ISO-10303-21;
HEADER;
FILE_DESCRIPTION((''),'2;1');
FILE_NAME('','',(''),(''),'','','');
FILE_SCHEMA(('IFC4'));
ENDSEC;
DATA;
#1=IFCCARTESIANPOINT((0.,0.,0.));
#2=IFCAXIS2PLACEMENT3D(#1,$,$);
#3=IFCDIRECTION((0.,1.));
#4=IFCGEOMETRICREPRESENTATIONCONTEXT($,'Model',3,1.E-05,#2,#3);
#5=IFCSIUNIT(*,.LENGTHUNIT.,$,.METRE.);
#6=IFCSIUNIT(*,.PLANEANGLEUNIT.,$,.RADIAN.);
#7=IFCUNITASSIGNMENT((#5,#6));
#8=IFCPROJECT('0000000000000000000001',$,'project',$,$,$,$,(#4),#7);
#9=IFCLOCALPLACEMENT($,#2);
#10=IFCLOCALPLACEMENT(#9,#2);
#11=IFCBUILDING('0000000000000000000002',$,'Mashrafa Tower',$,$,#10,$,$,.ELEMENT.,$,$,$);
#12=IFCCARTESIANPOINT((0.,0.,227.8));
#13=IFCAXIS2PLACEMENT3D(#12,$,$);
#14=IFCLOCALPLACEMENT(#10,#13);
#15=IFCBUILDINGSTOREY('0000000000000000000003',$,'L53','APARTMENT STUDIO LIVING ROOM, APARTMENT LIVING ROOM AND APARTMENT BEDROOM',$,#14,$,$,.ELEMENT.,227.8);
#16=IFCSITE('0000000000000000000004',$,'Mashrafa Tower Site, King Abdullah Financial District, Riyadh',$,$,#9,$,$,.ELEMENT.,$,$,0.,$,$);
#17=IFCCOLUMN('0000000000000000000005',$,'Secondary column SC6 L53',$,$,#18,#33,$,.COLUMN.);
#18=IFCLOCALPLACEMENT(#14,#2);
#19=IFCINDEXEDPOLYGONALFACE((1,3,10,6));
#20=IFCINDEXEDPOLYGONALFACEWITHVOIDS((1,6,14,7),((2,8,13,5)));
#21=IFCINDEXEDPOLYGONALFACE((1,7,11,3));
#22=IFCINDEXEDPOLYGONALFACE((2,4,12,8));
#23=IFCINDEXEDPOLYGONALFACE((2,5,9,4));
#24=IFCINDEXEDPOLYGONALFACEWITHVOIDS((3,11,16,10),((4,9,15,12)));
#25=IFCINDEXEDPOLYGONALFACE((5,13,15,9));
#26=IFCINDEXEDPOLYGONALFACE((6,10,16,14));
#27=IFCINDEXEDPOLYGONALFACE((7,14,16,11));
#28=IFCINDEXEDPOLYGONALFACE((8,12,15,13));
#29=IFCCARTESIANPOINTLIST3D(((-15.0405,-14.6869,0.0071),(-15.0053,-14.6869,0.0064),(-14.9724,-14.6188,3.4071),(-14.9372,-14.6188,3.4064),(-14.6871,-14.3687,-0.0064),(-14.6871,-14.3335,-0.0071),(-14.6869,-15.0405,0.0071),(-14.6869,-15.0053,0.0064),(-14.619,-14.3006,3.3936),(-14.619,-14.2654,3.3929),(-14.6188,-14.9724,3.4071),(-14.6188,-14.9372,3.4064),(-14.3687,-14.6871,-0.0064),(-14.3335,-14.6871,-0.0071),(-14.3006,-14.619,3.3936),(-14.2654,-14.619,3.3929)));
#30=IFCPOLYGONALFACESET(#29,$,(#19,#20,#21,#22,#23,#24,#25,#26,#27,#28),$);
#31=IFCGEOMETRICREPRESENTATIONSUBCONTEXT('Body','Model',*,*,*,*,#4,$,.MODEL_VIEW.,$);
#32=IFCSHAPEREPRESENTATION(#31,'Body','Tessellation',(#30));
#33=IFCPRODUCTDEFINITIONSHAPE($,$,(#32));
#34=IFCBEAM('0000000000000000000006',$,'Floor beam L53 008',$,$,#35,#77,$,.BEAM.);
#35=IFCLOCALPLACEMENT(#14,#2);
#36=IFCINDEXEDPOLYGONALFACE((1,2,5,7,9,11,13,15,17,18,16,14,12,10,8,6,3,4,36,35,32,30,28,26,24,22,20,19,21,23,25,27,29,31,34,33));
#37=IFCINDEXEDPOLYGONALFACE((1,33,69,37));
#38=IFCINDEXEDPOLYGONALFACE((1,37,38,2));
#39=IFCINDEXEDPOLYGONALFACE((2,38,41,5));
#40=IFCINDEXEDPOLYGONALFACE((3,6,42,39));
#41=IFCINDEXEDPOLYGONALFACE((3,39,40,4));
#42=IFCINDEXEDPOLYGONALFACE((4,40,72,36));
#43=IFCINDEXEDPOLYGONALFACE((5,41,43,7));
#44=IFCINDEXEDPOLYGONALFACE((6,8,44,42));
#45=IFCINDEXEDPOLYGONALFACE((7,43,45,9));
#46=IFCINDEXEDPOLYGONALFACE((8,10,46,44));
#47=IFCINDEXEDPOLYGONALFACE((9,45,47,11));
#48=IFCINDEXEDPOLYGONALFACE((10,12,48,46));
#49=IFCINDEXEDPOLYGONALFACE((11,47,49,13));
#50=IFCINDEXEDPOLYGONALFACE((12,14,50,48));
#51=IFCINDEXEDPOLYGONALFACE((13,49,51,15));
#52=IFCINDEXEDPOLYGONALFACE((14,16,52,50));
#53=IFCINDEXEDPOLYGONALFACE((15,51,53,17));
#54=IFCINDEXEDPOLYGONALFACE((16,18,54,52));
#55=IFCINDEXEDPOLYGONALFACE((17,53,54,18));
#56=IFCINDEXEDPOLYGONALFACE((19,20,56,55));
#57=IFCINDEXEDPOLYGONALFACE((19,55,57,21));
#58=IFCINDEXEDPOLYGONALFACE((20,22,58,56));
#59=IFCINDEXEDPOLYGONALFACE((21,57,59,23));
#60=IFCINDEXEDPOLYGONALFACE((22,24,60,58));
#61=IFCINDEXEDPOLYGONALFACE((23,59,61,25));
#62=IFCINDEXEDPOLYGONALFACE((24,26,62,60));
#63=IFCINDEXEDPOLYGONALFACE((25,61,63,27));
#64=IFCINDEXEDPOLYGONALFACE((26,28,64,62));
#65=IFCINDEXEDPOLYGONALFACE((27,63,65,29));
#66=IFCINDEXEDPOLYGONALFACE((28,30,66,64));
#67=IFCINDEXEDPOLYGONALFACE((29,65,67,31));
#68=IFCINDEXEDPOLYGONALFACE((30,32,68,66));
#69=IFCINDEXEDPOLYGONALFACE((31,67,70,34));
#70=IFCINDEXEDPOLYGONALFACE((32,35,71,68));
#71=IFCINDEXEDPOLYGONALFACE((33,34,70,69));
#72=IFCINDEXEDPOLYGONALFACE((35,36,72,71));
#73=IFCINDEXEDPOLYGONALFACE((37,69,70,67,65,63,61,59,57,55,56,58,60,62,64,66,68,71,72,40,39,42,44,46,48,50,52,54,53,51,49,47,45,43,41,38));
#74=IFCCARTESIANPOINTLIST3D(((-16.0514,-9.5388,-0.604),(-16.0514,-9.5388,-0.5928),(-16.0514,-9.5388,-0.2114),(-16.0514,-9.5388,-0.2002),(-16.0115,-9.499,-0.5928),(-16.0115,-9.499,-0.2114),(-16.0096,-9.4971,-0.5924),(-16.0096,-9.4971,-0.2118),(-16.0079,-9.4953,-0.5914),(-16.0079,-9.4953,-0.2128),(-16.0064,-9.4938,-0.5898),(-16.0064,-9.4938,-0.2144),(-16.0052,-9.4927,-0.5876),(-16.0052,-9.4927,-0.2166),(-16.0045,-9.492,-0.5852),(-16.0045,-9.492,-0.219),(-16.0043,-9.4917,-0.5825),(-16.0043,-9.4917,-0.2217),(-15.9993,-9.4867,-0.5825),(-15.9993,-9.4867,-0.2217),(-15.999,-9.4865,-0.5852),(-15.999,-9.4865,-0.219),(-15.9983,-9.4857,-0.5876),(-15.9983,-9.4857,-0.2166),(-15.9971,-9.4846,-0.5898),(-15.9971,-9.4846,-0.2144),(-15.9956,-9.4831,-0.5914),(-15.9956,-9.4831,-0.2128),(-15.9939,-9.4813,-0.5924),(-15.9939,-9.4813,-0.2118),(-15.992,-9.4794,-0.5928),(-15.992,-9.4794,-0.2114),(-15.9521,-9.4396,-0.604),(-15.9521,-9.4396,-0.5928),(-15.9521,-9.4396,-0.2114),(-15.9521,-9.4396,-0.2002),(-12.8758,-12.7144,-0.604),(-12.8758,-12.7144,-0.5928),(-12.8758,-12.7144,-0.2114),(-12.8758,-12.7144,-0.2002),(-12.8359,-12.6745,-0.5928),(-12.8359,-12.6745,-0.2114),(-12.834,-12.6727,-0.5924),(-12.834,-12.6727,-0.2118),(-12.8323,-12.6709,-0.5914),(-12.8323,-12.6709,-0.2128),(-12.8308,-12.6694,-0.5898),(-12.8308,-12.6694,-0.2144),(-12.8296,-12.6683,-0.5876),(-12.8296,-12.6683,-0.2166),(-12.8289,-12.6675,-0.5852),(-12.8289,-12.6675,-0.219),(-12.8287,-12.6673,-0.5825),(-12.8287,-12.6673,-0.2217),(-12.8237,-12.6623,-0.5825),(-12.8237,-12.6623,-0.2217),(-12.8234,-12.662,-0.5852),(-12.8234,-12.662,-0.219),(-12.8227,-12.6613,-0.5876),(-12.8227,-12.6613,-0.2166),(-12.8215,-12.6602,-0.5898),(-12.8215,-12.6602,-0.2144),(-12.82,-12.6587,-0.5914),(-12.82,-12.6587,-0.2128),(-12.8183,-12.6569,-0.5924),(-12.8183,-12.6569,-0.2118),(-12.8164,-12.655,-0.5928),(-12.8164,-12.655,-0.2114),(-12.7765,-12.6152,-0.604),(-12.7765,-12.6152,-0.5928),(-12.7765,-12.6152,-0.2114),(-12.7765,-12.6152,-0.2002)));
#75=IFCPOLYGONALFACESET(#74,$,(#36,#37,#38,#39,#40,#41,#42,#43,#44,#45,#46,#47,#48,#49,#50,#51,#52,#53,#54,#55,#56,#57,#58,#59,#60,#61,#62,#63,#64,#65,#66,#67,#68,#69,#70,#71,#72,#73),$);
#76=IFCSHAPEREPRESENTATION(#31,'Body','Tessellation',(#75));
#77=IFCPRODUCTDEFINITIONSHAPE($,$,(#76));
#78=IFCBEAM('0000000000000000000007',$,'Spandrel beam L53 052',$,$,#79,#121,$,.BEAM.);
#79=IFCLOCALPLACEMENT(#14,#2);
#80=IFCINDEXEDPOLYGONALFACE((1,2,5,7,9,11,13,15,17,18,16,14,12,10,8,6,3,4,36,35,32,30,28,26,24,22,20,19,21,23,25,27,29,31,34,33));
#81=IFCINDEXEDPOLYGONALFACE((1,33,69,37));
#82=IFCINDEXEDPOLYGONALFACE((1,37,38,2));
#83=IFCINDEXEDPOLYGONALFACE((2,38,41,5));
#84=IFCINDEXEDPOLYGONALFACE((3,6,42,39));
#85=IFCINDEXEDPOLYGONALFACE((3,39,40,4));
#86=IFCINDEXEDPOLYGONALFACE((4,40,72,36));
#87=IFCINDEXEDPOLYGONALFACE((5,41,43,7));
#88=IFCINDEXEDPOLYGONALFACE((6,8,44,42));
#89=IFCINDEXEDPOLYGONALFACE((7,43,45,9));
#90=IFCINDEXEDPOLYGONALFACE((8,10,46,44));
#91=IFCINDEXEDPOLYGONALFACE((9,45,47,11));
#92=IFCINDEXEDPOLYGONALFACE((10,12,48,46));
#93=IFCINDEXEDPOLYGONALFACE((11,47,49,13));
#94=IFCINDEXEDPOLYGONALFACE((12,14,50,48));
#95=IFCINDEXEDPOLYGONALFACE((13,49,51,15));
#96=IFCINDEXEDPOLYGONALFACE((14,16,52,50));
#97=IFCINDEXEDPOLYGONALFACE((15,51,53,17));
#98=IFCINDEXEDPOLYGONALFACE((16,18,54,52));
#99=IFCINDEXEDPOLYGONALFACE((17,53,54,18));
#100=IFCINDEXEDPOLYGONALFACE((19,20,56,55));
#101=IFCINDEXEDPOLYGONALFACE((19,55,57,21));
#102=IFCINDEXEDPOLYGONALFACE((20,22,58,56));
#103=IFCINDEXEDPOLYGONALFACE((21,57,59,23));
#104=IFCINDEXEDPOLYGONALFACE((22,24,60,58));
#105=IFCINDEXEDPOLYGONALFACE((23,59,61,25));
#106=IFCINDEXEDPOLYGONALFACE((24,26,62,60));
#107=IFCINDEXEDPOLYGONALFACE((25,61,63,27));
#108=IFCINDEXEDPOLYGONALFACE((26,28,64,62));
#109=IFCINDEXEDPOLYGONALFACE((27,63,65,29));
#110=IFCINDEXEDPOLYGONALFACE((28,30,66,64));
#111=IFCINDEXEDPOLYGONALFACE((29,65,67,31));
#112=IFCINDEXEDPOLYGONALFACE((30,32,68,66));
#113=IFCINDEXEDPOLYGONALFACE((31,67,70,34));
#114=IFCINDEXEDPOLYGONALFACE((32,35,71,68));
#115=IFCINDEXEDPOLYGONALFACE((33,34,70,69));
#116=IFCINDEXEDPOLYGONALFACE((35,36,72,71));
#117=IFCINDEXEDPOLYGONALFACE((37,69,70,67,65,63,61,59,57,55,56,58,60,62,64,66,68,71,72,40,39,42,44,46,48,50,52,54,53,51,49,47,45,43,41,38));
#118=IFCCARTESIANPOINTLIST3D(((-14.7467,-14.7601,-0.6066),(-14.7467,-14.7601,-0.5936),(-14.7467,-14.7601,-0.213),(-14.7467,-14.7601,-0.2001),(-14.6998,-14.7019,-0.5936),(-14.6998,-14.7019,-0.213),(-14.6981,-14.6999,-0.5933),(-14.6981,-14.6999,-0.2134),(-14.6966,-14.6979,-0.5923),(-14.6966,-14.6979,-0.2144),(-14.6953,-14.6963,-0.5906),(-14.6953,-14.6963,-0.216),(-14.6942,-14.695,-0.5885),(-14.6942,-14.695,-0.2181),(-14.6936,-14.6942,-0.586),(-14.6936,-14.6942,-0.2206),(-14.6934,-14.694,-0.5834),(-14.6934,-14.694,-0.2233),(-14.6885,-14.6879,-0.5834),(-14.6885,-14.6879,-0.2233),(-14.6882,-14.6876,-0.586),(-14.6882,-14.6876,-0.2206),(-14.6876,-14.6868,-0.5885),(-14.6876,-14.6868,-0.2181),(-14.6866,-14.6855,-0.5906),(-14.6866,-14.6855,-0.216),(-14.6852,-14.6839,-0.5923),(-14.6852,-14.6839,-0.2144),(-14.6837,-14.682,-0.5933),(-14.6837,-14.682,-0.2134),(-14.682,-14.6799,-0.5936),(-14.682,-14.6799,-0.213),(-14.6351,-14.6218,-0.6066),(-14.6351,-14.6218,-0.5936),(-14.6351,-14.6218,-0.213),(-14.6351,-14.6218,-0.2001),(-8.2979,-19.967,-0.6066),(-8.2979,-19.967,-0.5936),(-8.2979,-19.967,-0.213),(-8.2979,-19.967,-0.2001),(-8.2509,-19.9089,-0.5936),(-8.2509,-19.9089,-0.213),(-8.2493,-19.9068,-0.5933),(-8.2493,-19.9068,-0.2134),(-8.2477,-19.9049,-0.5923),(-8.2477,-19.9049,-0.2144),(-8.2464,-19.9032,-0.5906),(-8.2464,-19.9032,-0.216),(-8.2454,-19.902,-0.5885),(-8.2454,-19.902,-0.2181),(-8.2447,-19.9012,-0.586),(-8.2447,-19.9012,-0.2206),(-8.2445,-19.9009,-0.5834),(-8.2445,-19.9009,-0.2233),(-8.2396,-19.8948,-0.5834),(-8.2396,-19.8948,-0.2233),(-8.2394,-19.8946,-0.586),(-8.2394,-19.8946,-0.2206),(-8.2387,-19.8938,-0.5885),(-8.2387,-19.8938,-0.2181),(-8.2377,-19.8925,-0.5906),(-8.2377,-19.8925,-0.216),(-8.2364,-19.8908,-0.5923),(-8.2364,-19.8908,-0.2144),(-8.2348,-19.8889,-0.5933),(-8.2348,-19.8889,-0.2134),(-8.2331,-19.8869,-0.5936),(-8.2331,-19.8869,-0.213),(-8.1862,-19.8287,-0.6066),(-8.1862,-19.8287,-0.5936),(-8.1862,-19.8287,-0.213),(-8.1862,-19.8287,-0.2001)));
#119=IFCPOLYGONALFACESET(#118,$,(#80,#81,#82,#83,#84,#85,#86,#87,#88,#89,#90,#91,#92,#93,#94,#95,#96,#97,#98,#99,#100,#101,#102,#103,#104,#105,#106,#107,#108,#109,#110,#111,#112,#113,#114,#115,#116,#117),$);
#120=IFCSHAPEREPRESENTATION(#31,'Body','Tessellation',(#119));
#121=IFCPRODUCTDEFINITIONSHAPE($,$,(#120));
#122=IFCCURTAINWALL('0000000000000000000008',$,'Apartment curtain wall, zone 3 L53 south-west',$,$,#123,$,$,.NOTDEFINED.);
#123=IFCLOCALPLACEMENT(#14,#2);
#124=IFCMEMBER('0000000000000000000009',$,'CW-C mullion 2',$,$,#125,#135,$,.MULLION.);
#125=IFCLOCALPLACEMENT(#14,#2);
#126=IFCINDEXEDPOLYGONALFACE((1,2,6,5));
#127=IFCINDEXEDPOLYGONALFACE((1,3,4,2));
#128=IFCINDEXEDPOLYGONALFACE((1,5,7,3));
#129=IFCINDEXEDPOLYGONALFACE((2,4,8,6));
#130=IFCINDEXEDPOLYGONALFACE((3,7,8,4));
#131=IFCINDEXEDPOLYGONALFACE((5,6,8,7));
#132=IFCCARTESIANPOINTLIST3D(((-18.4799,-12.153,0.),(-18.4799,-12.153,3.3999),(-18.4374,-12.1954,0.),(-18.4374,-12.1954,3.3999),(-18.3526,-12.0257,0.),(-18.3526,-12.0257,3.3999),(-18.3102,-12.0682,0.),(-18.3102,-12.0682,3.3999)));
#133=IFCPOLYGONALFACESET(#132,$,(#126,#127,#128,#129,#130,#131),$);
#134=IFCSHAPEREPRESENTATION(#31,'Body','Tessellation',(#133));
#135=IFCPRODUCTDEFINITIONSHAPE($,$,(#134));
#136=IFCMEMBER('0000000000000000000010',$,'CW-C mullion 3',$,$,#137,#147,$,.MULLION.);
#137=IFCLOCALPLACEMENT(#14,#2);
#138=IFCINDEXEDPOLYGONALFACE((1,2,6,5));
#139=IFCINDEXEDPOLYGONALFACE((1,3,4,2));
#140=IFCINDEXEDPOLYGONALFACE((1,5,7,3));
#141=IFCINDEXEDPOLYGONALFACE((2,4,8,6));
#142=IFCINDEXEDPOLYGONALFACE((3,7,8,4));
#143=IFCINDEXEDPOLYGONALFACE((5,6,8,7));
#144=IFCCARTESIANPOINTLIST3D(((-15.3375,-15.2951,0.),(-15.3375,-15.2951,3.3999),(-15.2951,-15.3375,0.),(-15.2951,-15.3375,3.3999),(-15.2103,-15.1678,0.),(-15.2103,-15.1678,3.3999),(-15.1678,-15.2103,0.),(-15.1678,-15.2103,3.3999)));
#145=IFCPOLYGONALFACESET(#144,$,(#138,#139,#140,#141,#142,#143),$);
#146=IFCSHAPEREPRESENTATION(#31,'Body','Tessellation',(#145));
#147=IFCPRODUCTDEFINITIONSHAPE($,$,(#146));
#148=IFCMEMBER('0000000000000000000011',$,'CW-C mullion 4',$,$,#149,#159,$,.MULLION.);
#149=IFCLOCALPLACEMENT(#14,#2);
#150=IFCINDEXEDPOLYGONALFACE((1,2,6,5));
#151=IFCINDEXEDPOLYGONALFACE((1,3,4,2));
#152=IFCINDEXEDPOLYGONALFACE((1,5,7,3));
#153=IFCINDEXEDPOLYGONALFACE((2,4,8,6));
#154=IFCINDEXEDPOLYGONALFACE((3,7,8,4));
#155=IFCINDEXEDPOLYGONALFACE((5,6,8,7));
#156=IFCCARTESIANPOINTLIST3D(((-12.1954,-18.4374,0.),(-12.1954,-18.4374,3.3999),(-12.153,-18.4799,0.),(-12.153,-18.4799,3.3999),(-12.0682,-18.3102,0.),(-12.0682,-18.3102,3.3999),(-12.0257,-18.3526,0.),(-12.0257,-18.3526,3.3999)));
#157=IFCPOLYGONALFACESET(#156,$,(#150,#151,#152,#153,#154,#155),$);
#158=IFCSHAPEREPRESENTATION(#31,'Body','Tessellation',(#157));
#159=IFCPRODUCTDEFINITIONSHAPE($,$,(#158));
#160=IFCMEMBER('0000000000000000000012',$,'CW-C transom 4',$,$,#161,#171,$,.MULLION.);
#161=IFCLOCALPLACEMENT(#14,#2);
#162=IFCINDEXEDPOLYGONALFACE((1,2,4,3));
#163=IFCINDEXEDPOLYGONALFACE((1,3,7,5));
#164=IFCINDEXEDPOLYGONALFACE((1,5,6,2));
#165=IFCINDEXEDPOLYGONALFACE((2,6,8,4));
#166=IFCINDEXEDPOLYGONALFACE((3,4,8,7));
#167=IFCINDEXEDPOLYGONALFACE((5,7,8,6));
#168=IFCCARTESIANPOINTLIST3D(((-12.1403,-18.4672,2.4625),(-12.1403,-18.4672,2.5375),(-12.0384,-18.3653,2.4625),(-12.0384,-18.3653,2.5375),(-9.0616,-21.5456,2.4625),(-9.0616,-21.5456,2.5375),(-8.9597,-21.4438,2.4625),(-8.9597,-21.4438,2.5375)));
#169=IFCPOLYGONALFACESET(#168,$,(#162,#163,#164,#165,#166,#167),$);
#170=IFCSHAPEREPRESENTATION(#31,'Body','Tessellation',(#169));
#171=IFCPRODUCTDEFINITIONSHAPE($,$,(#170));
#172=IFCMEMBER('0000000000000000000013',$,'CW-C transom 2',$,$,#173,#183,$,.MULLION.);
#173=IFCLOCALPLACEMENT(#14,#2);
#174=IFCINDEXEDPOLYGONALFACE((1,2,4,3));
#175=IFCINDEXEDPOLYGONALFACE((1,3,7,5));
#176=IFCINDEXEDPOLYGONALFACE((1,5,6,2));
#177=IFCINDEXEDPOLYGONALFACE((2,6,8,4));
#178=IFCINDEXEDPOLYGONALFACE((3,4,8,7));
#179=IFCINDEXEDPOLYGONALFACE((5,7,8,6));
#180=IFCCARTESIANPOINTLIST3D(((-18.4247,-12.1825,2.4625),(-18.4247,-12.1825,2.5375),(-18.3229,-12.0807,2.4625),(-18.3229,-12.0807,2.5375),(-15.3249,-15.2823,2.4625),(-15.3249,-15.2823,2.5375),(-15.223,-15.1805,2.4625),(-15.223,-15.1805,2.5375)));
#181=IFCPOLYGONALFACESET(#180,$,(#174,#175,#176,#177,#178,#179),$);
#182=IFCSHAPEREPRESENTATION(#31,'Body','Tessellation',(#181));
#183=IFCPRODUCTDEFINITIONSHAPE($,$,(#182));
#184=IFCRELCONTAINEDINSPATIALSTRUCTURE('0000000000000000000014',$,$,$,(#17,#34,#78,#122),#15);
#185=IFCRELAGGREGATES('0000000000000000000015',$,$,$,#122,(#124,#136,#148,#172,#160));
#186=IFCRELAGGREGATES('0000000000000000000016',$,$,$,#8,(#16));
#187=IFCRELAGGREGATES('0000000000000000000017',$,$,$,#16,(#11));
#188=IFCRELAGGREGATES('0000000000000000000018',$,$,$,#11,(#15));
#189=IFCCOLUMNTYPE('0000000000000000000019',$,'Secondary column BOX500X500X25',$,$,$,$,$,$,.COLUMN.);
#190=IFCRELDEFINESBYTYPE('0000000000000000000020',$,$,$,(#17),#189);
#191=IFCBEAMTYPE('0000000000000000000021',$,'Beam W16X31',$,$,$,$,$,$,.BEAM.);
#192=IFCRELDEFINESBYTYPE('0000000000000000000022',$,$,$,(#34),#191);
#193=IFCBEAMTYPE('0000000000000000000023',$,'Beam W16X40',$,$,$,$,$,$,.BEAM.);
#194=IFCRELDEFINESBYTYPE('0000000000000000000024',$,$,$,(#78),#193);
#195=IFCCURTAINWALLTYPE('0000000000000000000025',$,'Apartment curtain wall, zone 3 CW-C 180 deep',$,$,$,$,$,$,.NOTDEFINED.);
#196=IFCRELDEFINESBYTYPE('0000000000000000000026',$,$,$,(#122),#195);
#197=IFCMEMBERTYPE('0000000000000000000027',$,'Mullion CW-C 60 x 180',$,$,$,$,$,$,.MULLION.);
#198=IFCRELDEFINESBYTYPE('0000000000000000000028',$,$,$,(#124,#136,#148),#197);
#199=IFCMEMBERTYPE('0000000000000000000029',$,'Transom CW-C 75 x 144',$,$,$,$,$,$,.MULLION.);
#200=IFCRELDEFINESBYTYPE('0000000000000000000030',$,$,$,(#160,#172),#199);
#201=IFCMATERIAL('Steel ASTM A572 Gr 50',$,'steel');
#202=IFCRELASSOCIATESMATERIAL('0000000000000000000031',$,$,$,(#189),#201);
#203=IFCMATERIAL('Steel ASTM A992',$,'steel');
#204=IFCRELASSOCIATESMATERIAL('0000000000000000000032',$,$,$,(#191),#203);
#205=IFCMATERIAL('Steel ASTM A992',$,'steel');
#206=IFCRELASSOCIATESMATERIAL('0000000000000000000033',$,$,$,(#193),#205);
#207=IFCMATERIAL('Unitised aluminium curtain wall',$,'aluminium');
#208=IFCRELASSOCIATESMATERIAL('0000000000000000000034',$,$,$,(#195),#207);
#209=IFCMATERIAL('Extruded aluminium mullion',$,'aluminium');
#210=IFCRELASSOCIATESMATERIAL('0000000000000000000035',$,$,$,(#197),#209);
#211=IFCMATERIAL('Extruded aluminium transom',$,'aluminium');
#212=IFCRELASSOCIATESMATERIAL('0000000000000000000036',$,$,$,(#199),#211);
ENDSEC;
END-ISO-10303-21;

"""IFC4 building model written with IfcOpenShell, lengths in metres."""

from ifc_helpers import new_model, si_unit, direction, frame, origin, origin_2d, place, context, subcontext, project, spatial, rectangle, hollow_rectangle, i_section, extrude, source, transform, mapped, material, material_profile, profile_set, type_object, type_shapes, element, aggregate, save


model = new_model("IFC4")

# Units and contexts
model_context = context("Model", 3, precision=1e-05, world=origin(), true_north=direction((0.0, 1.0)))
body_context = subcontext(model_context, "Body", "Model", "MODEL_VIEW")
ifc_project = project(units=[si_unit("LENGTHUNIT", "METRE"), si_unit("PLANEANGLEUNIT", "RADIAN")], contexts=[model_context])

# Site, building, storey
site_placement = place(None, origin())
site = spatial("IfcSite", under=ifc_project, at=site_placement, Name="Mashrafa Tower Site, King Abdullah Financial District, Riyadh", CompositionType="ELEMENT", RefElevation=0.0)
building_placement = place(site_placement, origin())
building = spatial("IfcBuilding", under=site, at=building_placement, Name="Mashrafa Tower", CompositionType="ELEMENT")
storey_placement = place(building_placement, frame((0.0, 0.0, 227.8)))
storey = spatial("IfcBuildingStorey", under=building, at=storey_placement, Name="L53", Description="APARTMENT STUDIO LIVING ROOM, APARTMENT LIVING ROOM AND APARTMENT BEDROOM", CompositionType="ELEMENT", Elevation=227.8)

# Column
ifc_material_1 = material(Name="Steel ASTM A572 Gr 50", Category="steel")
ifc_material_profile_1 = material_profile(ifc_material_1, hollow_rectangle(XDim=0.5, YDim=0.5, WallThickness=0.0249, at=origin_2d()), Name="BOX500X500X25")
ifc_profile_set_1 = profile_set([ifc_material_profile_1], Name="Steel ASTM A572 Gr 50")
column_type = type_object("IfcColumnType", Name="Secondary column BOX500X500X25", PredefinedType="COLUMN", material=ifc_profile_set_1)
column_placement = place(storey_placement, frame((-14.687, -14.687, 0.0), z_axis=(0.020026, 0.020026, 0.999599), x_axis=(-0.707107, 0.707107, 0.0)))
element("IfcColumn", 1, at=column_placement, inside=storey, type_object=column_type, Name="Secondary column SC6 L53", PredefinedType="COLUMN", context=body_context, shape_type="SweptSolid", body=[
    extrude(hollow_rectangle(XDim=0.5, YDim=0.5, WallThickness=0.0249, at=origin_2d()), origin(), (0.0, 0.0, 1.0), 3.4014),
])

# Beams
ifc_material_2 = material(Name="Steel ASTM A992", Category="steel")
ifc_material_profile_2 = material_profile(ifc_material_2, i_section(OverallWidth=0.1404, OverallDepth=0.4038, WebThickness=0.0071, FlangeThickness=0.0112, FilletRadius=0.0103, at=origin_2d()), Name="W16X31")
ifc_profile_set_2 = profile_set([ifc_material_profile_2], Name="Steel ASTM A992")
beam_type_1 = type_object("IfcBeamType", Name="Beam W16X31", PredefinedType="BEAM", material=ifc_profile_set_2)
beam_1_placement = place(storey_placement, frame((-12.8262, -12.6648, -0.4021), z_axis=(-0.707107, 0.707107, 0.0), x_axis=(-0.707107, -0.707107, 0.0)))
element("IfcBeam", 2, at=beam_1_placement, inside=storey, type_object=beam_type_1, Name="Floor beam L53 008", PredefinedType="BEAM", context=body_context, shape_type="SweptSolid", body=[
    extrude(i_section(OverallWidth=0.1404, OverallDepth=0.4038, WebThickness=0.0071, FlangeThickness=0.0112, FilletRadius=0.0103, at=origin_2d()), origin(), (0.0, 0.0, 1.0), 4.491),
])
ifc_material_3 = material(Name="Steel ASTM A992", Category="steel")
ifc_material_profile_3 = material_profile(ifc_material_3, i_section(OverallWidth=0.1777, OverallDepth=0.4065, WebThickness=0.0078, FlangeThickness=0.0129, FilletRadius=0.0103, at=origin_2d()), Name="W16X40")
ifc_profile_set_3 = profile_set([ifc_material_profile_3], Name="Steel ASTM A992")
beam_type_2 = type_object("IfcBeamType", Name="Beam W16X40", PredefinedType="BEAM", material=ifc_profile_set_3)
beam_2_placement = place(storey_placement, frame((-14.6909, -14.6909, -0.4033), z_axis=(0.778045, -0.628209, 0.0), x_axis=(0.628209, 0.778045, 0.0)))
element("IfcBeam", 3, at=beam_2_placement, inside=storey, type_object=beam_type_2, Name="Spandrel beam L53 052", PredefinedType="BEAM", context=body_context, shape_type="SweptSolid", body=[
    extrude(i_section(OverallWidth=0.1777, OverallDepth=0.4065, WebThickness=0.0078, FlangeThickness=0.0129, FilletRadius=0.0103, at=origin_2d()), origin(), (0.0, 0.0, 1.0), 8.2886),
])

# Curtain wall, members
ifc_material_4 = material(Name="Unitised aluminium curtain wall", Category="aluminium")
curtain_wall_type = type_object("IfcCurtainWallType", Name="Apartment curtain wall, zone 3 CW-C 180 deep", PredefinedType="NOTDEFINED", material=ifc_material_4)
curtain_wall_placement = place(storey_placement, origin())
curtain_wall = element("IfcCurtainWall", 4, at=curtain_wall_placement, inside=storey, type_object=curtain_wall_type, Name="Apartment curtain wall, zone 3 L53 south-west", PredefinedType="NOTDEFINED")
ifc_material_5 = material(Name="Extruded aluminium mullion", Category="aluminium")
ifc_material_profile_4 = material_profile(ifc_material_5, rectangle(XDim=0.1799, YDim=0.0601, at=origin_2d()), Name="Mullion 60x180")
ifc_profile_set_4 = profile_set([ifc_material_profile_4], Name="Extruded aluminium mullion")
member_type_1 = type_object("IfcMemberType", Name="Mullion CW-C 60 x 180", PredefinedType="MULLION", material=ifc_profile_set_4)
shared_shape_1 = source(origin(), body_context, "Body", "SweptSolid", [
    extrude(rectangle(XDim=0.1799, YDim=0.0601, at=origin_2d()), origin(), (0.0, 0.0, 1.0), 3.3999),
])
type_shapes(member_type_1, [shared_shape_1])
member_1_placement = place(storey_placement, frame((-18.395, -12.1106, 0.0), z_axis=(0.0, 0.0, 1.0), x_axis=(0.707107, 0.707107, 0.0)))
member_1 = element("IfcMember", 5, at=member_1_placement, type_object=member_type_1, Name="CW-C mullion 2", PredefinedType="MULLION", context=body_context, shape_type="MappedRepresentation", body=[
    mapped(shared_shape_1, transform((0.0, 0.0, 0.0))),
])
member_2_placement = place(storey_placement, frame((-15.2527, -15.2527, 0.0), z_axis=(0.0, 0.0, 1.0), x_axis=(0.707107, 0.707107, 0.0)))
member_2 = element("IfcMember", 6, at=member_2_placement, type_object=member_type_1, Name="CW-C mullion 3", PredefinedType="MULLION", context=body_context, shape_type="MappedRepresentation", body=[
    mapped(shared_shape_1, transform((0.0, 0.0, 0.0))),
])
member_3_placement = place(storey_placement, frame((-12.1106, -18.395, 0.0), z_axis=(0.0, 0.0, 1.0), x_axis=(0.707107, 0.707107, 0.0)))
member_3 = element("IfcMember", 7, at=member_3_placement, type_object=member_type_1, Name="CW-C mullion 4", PredefinedType="MULLION", context=body_context, shape_type="MappedRepresentation", body=[
    mapped(shared_shape_1, transform((0.0, 0.0, 0.0))),
])
ifc_material_6 = material(Name="Extruded aluminium transom", Category="aluminium")
ifc_material_profile_5 = material_profile(ifc_material_6, rectangle(XDim=0.144, YDim=0.075, at=origin_2d()), Name="Transom 75x144")
ifc_profile_set_5 = profile_set([ifc_material_profile_5], Name="Extruded aluminium transom")
member_type_2 = type_object("IfcMemberType", Name="Transom CW-C 75 x 144", PredefinedType="MULLION", material=ifc_profile_set_5)
shared_shape_2 = source(origin(), body_context, "Body", "SweptSolid", [
    extrude(rectangle(XDim=0.144, YDim=0.075, at=origin_2d()), origin(), (0.0, 0.0, 1.0), 4.3538),
])
member_4_placement = place(storey_placement, frame((-12.0894, -18.4163, 2.5), z_axis=(0.707135, -0.707079, 0.0), x_axis=(0.707079, 0.707135, 0.0)))
member_4 = element("IfcMember", 8, at=member_4_placement, type_object=member_type_2, Name="CW-C transom 4", PredefinedType="MULLION", context=body_context, shape_type="MappedRepresentation", body=[
    mapped(shared_shape_2, transform((0.0, 0.0, 0.0))),
])
shared_shape_3 = source(origin(), body_context, "Body", "SweptSolid", [
    extrude(rectangle(XDim=0.144, YDim=0.075, at=origin_2d()), origin(), (0.0, 0.0, 1.0), 4.3838),
])
type_shapes(member_type_2, [shared_shape_2, shared_shape_3])
member_5_placement = place(storey_placement, frame((-18.3738, -12.1316, 2.5), z_axis=(0.707107, -0.707107, 0.0), x_axis=(0.707107, 0.707107, 0.0)))
member_5 = element("IfcMember", 9, at=member_5_placement, type_object=member_type_2, Name="CW-C transom 2", PredefinedType="MULLION", context=body_context, shape_type="MappedRepresentation", body=[
    mapped(shared_shape_3, transform((0.0, 0.0, 0.0))),
])
aggregate(curtain_wall, [member_1, member_2, member_3, member_5, member_4])

save(model, "model.ifc")
